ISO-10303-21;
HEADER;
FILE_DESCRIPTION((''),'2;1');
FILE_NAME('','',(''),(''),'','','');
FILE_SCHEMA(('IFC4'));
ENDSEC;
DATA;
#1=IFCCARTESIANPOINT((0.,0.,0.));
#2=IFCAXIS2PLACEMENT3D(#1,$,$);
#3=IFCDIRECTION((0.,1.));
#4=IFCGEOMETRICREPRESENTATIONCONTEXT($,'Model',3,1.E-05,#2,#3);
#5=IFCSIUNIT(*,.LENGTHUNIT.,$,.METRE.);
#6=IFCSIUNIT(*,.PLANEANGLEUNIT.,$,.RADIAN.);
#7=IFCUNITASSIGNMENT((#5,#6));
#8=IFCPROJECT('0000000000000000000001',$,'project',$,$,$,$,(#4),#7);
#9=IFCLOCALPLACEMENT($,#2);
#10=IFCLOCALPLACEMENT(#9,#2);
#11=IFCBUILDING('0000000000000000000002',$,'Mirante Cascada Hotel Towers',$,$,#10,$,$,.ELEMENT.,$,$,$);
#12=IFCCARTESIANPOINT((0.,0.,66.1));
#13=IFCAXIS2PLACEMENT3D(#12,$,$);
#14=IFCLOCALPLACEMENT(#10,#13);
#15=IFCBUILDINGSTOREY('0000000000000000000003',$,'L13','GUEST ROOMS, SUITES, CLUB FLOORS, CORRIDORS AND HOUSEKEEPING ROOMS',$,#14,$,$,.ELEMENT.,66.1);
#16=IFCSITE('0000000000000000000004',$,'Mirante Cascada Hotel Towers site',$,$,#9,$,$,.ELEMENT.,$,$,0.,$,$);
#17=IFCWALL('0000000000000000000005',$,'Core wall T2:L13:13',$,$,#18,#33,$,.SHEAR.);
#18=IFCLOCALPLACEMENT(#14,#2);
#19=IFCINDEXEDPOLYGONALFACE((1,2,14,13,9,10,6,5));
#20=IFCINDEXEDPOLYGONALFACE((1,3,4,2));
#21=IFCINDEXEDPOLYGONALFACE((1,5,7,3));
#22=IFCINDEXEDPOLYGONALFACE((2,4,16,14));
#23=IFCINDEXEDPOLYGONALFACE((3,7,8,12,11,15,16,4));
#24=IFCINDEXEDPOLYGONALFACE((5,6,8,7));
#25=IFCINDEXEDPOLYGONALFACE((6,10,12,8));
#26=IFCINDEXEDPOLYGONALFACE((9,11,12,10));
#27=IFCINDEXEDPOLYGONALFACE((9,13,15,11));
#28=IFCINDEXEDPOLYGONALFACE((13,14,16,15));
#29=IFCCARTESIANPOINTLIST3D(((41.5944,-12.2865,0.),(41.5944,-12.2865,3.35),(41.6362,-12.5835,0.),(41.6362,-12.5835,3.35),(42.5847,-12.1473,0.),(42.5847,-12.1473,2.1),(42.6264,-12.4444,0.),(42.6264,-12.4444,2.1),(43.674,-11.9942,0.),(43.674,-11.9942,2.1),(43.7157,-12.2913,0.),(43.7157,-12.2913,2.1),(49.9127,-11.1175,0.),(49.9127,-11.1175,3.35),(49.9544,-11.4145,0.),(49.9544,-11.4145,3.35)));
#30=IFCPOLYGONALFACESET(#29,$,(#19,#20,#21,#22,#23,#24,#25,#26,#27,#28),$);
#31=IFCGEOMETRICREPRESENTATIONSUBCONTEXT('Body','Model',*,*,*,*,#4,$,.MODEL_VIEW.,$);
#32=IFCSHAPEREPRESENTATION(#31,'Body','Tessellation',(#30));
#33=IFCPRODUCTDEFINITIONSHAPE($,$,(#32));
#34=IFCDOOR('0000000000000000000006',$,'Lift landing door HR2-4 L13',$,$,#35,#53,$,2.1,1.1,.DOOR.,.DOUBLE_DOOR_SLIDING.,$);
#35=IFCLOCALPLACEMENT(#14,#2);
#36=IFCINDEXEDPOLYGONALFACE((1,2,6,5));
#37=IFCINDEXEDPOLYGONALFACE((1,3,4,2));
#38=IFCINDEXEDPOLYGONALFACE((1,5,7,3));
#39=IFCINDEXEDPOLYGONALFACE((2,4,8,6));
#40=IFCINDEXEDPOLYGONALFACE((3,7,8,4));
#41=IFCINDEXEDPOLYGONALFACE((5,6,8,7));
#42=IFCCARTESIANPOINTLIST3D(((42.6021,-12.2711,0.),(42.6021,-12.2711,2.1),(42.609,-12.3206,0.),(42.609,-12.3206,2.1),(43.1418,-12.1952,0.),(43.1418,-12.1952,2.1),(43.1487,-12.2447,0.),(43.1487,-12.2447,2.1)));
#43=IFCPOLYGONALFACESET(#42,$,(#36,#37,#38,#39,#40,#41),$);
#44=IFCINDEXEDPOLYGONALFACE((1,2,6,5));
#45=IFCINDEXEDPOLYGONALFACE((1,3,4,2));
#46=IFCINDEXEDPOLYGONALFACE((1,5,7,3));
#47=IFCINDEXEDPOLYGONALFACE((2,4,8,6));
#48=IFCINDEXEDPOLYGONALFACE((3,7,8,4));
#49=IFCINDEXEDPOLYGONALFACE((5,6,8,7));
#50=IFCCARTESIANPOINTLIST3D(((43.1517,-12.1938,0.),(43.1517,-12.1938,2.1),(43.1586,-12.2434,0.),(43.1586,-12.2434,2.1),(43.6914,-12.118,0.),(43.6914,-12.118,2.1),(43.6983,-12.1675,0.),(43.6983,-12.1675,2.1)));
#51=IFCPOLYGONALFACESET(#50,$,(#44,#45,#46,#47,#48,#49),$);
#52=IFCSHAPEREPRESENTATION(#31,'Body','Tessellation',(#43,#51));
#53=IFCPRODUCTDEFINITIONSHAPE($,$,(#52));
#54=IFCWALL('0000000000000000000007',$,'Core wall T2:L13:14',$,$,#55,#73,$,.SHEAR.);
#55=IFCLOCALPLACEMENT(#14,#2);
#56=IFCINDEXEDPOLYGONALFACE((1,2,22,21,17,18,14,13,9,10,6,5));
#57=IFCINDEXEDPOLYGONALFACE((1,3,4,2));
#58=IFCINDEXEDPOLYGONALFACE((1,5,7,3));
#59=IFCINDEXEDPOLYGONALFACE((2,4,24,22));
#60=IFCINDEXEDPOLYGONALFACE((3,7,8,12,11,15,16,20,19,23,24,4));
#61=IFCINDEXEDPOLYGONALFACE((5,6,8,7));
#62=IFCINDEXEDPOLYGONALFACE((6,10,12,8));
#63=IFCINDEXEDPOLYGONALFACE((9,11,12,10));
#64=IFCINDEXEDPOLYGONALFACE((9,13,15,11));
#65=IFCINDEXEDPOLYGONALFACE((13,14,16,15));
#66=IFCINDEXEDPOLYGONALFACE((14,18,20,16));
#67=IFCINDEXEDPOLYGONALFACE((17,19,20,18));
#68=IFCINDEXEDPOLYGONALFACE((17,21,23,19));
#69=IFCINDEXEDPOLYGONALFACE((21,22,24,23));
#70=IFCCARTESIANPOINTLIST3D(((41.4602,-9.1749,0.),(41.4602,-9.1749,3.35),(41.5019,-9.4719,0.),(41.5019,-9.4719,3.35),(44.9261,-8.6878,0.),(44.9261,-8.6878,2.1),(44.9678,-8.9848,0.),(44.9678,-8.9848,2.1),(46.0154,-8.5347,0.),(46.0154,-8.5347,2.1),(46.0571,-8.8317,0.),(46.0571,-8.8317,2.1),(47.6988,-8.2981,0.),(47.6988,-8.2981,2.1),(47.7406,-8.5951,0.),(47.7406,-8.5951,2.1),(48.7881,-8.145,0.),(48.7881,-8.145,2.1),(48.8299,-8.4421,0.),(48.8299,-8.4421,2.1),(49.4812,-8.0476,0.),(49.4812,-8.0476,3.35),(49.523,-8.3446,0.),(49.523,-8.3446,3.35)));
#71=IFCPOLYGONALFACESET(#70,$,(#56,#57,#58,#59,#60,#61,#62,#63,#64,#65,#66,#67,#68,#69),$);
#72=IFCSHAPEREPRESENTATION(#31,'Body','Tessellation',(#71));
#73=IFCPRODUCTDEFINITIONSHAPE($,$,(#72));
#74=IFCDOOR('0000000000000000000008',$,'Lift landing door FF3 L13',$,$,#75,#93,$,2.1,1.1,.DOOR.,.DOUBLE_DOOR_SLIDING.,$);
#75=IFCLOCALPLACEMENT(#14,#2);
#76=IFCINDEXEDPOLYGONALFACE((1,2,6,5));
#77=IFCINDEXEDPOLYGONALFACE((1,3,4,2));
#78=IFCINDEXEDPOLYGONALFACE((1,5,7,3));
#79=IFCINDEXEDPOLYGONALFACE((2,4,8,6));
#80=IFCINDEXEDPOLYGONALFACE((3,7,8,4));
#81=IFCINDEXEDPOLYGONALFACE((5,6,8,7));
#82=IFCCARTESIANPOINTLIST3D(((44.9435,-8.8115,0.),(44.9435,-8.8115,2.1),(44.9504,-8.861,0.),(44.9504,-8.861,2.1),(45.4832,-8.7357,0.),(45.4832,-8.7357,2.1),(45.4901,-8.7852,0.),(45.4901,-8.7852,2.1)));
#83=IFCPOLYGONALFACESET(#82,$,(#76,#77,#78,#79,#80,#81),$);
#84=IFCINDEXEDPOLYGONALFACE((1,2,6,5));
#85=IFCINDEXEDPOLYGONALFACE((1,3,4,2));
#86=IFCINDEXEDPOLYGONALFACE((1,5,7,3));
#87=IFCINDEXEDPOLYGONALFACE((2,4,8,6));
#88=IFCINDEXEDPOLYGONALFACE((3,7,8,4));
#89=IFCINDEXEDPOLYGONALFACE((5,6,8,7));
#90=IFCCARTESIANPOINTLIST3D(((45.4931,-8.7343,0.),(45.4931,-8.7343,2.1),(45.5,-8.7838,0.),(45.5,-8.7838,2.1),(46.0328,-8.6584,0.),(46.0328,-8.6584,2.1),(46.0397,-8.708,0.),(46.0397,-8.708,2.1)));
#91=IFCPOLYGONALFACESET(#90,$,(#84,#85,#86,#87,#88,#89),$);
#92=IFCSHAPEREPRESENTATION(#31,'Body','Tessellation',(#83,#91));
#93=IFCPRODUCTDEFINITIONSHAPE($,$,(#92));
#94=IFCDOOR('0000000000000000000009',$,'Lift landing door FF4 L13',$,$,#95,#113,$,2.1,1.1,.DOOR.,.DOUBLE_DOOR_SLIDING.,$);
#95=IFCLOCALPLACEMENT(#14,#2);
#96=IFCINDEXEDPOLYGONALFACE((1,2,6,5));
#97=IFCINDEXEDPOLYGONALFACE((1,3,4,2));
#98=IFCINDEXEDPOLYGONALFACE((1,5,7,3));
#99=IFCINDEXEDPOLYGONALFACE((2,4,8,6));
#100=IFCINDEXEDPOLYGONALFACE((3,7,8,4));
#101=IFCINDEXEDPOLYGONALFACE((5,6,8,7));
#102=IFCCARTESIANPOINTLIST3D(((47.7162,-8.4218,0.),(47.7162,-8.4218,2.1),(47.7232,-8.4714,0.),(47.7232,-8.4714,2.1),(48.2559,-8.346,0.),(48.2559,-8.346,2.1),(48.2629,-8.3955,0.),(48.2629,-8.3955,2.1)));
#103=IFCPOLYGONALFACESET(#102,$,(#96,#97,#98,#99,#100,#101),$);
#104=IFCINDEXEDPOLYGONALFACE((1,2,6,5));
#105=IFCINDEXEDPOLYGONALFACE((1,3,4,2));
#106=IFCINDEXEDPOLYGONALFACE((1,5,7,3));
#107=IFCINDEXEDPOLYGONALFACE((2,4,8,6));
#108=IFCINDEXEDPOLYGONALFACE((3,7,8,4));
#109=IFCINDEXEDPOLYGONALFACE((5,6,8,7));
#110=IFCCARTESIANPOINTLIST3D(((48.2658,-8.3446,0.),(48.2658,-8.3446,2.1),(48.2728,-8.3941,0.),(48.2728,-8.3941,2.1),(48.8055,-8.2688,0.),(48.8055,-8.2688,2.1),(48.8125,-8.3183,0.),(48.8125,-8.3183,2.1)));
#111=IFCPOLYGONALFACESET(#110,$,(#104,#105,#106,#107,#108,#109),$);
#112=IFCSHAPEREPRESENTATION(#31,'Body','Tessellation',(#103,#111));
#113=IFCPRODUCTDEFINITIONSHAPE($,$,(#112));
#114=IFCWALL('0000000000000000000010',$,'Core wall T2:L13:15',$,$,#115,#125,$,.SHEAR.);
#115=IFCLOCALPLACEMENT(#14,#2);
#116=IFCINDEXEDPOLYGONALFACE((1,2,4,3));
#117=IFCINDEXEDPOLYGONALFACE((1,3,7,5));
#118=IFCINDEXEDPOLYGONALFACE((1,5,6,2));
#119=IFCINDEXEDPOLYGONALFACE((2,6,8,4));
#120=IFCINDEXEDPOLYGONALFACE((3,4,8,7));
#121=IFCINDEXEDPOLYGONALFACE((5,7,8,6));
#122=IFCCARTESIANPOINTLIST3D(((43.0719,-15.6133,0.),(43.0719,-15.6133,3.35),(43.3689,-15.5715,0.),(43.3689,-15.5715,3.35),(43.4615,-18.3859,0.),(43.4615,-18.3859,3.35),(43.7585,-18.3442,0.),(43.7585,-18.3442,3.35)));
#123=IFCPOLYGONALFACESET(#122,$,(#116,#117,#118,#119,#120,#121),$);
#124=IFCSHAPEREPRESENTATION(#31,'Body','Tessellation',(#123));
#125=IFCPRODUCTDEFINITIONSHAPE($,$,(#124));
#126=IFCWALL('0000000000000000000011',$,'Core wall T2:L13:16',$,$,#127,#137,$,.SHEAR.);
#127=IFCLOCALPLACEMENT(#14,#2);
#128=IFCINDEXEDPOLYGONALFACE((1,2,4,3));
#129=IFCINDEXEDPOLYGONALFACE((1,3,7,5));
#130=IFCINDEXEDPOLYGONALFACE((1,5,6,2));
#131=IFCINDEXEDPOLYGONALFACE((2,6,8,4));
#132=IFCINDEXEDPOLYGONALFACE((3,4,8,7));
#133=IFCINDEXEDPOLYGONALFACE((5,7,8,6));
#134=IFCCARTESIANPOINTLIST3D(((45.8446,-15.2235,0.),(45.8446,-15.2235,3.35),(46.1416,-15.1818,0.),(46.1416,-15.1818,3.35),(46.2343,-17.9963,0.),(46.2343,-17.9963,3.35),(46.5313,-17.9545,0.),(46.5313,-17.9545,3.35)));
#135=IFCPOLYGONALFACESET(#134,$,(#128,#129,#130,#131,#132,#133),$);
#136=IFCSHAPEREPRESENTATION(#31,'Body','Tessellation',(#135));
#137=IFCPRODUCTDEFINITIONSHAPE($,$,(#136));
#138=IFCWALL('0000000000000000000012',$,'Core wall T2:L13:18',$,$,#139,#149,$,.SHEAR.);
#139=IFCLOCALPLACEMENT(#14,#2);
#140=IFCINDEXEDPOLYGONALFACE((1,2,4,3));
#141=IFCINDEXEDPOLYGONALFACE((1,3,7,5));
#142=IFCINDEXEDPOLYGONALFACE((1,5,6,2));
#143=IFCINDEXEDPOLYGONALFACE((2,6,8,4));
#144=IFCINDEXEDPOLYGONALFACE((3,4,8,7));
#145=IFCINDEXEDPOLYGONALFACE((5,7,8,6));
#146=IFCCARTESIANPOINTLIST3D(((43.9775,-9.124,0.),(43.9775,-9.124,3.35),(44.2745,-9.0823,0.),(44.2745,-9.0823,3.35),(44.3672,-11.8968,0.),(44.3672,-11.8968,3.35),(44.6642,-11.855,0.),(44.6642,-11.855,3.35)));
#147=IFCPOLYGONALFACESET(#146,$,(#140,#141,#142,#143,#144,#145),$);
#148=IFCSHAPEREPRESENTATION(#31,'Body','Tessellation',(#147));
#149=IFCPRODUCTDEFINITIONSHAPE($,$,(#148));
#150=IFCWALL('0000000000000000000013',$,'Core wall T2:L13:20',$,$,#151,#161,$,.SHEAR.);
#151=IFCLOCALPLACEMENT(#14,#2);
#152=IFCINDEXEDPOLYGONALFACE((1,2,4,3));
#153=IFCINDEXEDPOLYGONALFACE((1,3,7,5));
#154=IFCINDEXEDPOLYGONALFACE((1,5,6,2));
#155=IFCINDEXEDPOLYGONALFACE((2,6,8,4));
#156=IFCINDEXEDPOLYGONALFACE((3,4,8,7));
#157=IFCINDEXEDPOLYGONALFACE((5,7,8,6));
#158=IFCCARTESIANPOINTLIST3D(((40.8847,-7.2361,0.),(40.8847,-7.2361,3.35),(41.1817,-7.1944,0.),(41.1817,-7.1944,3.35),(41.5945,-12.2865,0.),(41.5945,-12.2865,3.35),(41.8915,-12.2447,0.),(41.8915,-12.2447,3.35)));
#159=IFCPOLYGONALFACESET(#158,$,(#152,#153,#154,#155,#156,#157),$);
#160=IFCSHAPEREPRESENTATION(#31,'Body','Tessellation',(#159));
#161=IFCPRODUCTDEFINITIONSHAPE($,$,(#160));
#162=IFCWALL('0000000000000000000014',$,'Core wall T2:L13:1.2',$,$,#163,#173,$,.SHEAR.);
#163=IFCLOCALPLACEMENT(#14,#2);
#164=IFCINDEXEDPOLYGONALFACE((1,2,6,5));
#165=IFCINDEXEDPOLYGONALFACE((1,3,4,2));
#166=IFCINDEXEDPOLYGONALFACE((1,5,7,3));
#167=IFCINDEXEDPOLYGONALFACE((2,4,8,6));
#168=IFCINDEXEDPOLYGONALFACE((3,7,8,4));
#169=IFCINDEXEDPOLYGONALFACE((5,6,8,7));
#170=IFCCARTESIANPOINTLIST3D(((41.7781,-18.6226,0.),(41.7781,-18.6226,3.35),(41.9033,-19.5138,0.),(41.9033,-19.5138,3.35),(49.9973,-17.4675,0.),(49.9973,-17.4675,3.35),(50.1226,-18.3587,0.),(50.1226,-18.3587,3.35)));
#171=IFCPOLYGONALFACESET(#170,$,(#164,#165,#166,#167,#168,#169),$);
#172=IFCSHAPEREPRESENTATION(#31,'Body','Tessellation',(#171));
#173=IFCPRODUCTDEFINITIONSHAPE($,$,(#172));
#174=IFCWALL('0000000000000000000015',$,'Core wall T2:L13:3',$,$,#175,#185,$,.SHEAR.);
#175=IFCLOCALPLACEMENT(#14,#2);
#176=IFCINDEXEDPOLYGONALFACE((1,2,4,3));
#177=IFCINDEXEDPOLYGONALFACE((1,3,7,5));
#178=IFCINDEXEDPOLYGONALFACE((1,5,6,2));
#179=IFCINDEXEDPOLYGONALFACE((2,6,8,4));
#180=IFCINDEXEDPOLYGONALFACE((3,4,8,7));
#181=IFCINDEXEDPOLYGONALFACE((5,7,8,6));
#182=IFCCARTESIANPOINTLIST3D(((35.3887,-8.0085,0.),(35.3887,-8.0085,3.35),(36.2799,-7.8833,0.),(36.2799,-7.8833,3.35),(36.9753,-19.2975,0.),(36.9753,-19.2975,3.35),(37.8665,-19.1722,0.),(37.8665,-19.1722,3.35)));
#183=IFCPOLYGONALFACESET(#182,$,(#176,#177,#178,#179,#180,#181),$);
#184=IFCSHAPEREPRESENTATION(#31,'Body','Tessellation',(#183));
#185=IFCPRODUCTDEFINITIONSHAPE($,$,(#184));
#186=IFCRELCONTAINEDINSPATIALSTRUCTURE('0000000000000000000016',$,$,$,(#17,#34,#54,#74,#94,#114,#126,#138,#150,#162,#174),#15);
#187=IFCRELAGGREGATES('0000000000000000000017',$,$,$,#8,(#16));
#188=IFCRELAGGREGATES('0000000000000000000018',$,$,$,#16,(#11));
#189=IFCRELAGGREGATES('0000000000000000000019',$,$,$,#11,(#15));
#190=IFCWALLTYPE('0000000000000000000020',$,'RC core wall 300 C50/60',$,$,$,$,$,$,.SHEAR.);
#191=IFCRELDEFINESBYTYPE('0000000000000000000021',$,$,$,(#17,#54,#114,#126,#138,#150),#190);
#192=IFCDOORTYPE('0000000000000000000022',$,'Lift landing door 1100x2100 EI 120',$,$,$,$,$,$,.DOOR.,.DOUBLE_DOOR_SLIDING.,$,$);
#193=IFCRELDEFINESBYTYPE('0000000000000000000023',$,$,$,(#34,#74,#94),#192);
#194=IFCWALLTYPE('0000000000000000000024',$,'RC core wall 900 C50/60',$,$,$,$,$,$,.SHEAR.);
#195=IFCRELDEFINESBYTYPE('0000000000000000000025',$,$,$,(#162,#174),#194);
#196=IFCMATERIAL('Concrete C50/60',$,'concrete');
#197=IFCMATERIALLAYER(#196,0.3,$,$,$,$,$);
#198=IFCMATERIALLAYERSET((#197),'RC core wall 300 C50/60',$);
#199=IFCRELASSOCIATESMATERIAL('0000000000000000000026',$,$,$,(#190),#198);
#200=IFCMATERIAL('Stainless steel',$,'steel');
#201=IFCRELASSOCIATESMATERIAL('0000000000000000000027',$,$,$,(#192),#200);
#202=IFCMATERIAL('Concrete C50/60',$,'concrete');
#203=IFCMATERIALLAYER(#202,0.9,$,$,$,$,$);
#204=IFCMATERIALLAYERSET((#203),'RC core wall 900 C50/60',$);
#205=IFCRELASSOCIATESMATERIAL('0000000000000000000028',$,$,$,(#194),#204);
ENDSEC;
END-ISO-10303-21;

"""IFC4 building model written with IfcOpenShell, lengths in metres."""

from ifc_helpers import new_model, si_unit, direction, frame, frame_2d, origin, place, context, subcontext, project, spatial, rectangle, extrude, material, layer, layer_set, type_object, element, fill, save


model = new_model("IFC4")

# Units and contexts
model_context = context("Model", 3, precision=1e-05, world=origin(), true_north=direction((0.0, 1.0)))
body_context = subcontext(model_context, "Body", "Model", "MODEL_VIEW")
ifc_project = project(units=[si_unit("LENGTHUNIT", "METRE"), si_unit("PLANEANGLEUNIT", "RADIAN")], contexts=[model_context])

# Site, building, storey
site_placement = place(None, origin())
site = spatial("IfcSite", under=ifc_project, at=site_placement, Name="Mirante Cascada Hotel Towers site", CompositionType="ELEMENT", RefElevation=0.0)
building_placement = place(site_placement, origin())
building = spatial("IfcBuilding", under=site, at=building_placement, Name="Mirante Cascada Hotel Towers", CompositionType="ELEMENT")
storey_placement = place(building_placement, frame((0.0, 0.0, 66.1)))
storey = spatial("IfcBuildingStorey", under=building, at=storey_placement, Name="L13", Description="GUEST ROOMS, SUITES, CLUB FLOORS, CORRIDORS AND HOUSEKEEPING ROOMS", CompositionType="ELEMENT", Elevation=66.1)

# Shared definitions
ifc_material_1 = material(Name="Concrete C50/60", Category="concrete")
ifc_layer_1 = layer(ifc_material_1, 0.3)
ifc_layer_set_1 = layer_set([ifc_layer_1], Name="RC core wall 300 C50/60")
wall_type_1 = type_object("IfcWallType", Name="RC core wall 300 C50/60", PredefinedType="SHEAR", material=ifc_layer_set_1)

# Shared definitions
ifc_material_2 = material(Name="Stainless steel", Category="steel")
door_type_1 = type_object("IfcDoorType", Name="Lift landing door 1100x2100 EI 120", OperationType="DOUBLE_DOOR_SLIDING", PredefinedType="DOOR", material=ifc_material_2)

# Wall, opening, door
wall_1_placement = place(storey_placement, frame((41.6153, -12.435, 0.0), z_axis=(0.0, 0.0, 1.0), x_axis=(0.990269, 0.139166, 0.0)))
wall_1 = element("IfcWall", 1, at=wall_1_placement, inside=storey, type_object=wall_type_1, Name="Core wall T2:L13:13", PredefinedType="SHEAR", context=body_context, shape_type="SweptSolid", body=[
    extrude(rectangle(XDim=8.4, YDim=0.3, at=frame_2d((4.2, 0.0))), origin(), (0.0, 0.0, 1.0), 3.35),
])
opening_1_placement = place(wall_1_placement, frame((1.0, 0.0, 0.0)))
opening_1 = element("IfcOpeningElement", 2, at=opening_1_placement, cuts=wall_1, PredefinedType="OPENING", context=body_context, shape_type="SweptSolid", body=[
    extrude(rectangle(XDim=1.1, YDim=2.1, at=frame_2d((0.55, 1.05))), frame((0.0, 0.15, 0.0), z_axis=(0.0, -1.0, 0.0), x_axis=(1.0, 0.0, 0.0)), (0.0, 0.0, 1.0), 0.3),
])
door_1_placement = place(opening_1_placement, origin())
door_1 = element("IfcDoor", 3, at=door_1_placement, inside=storey, type_object=door_type_1, Name="Lift landing door HR2-4 L13", OperationType="DOUBLE_DOOR_SLIDING", OverallHeight=2.1, OverallWidth=1.1, PredefinedType="DOOR", context=body_context, shape_type="SweptSolid", body=[
    extrude(rectangle(XDim=0.545, YDim=2.1, at=frame_2d((0.2725, 1.05))), frame((0.0, 0.025, 0.0), z_axis=(0.0, -1.0, 0.0), x_axis=(1.0, 0.0, 0.0)), (0.0, 0.0, 1.0), 0.05),
    extrude(rectangle(XDim=0.545, YDim=2.1, at=frame_2d((0.8275, 1.05))), frame((0.0, 0.025, 0.0), z_axis=(0.0, -1.0, 0.0), x_axis=(1.0, 0.0, 0.0)), (0.0, 0.0, 1.0), 0.05),
])
fill(opening_1, door_1)

# Wall, openings, doors
wall_2_placement = place(storey_placement, frame((41.481, -9.3234, 0.0), z_axis=(0.0, 0.0, 1.0), x_axis=(0.990268, 0.139174, 0.0)))
wall_2 = element("IfcWall", 4, at=wall_2_placement, inside=storey, type_object=wall_type_1, Name="Core wall T2:L13:14", PredefinedType="SHEAR", context=body_context, shape_type="SweptSolid", body=[
    extrude(rectangle(XDim=8.0999, YDim=0.3, at=frame_2d((4.05, 0.0))), origin(), (0.0, 0.0, 1.0), 3.35),
])
opening_2_placement = place(wall_2_placement, frame((3.5, 0.0, 0.0)))
opening_2 = element("IfcOpeningElement", 5, at=opening_2_placement, cuts=wall_2, PredefinedType="OPENING", context=body_context, shape_type="SweptSolid", body=[
    extrude(rectangle(XDim=1.1, YDim=2.1, at=frame_2d((0.55, 1.05))), frame((0.0, 0.15, 0.0), z_axis=(0.0, -1.0, 0.0), x_axis=(1.0, 0.0, 0.0)), (0.0, 0.0, 1.0), 0.3),
])
opening_3_placement = place(wall_2_placement, frame((6.3, 0.0, 0.0)))
opening_3 = element("IfcOpeningElement", 6, at=opening_3_placement, cuts=wall_2, PredefinedType="OPENING", context=body_context, shape_type="SweptSolid", body=[
    extrude(rectangle(XDim=1.1, YDim=2.1, at=frame_2d((0.55, 1.05))), frame((0.0, 0.15, 0.0), z_axis=(0.0, -1.0, 0.0), x_axis=(1.0, 0.0, 0.0)), (0.0, 0.0, 1.0), 0.3),
])
door_2_placement = place(opening_2_placement, origin())
door_2 = element("IfcDoor", 7, at=door_2_placement, inside=storey, type_object=door_type_1, Name="Lift landing door FF3 L13", OperationType="DOUBLE_DOOR_SLIDING", OverallHeight=2.1, OverallWidth=1.1, PredefinedType="DOOR", context=body_context, shape_type="SweptSolid", body=[
    extrude(rectangle(XDim=0.545, YDim=2.1, at=frame_2d((0.2725, 1.05))), frame((0.0, 0.025, 0.0), z_axis=(0.0, -1.0, 0.0), x_axis=(1.0, 0.0, 0.0)), (0.0, 0.0, 1.0), 0.05),
    extrude(rectangle(XDim=0.545, YDim=2.1, at=frame_2d((0.8275, 1.05))), frame((0.0, 0.025, 0.0), z_axis=(0.0, -1.0, 0.0), x_axis=(1.0, 0.0, 0.0)), (0.0, 0.0, 1.0), 0.05),
])
fill(opening_2, door_2)
door_3_placement = place(opening_3_placement, origin())
door_3 = element("IfcDoor", 8, at=door_3_placement, inside=storey, type_object=door_type_1, Name="Lift landing door FF4 L13", OperationType="DOUBLE_DOOR_SLIDING", OverallHeight=2.1, OverallWidth=1.1, PredefinedType="DOOR", context=body_context, shape_type="SweptSolid", body=[
    extrude(rectangle(XDim=0.545, YDim=2.1, at=frame_2d((0.2725, 1.05))), frame((0.0, 0.025, 0.0), z_axis=(0.0, -1.0, 0.0), x_axis=(1.0, 0.0, 0.0)), (0.0, 0.0, 1.0), 0.05),
    extrude(rectangle(XDim=0.545, YDim=2.1, at=frame_2d((0.8275, 1.05))), frame((0.0, 0.025, 0.0), z_axis=(0.0, -1.0, 0.0), x_axis=(1.0, 0.0, 0.0)), (0.0, 0.0, 1.0), 0.05),
])
fill(opening_3, door_3)

# Walls
wall_3_placement = place(storey_placement, frame((43.61, -18.3651, 0.0), z_axis=(0.0, 0.0, 1.0), x_axis=(-0.139146, 0.990272, 0.0)))
element("IfcWall", 9, at=wall_3_placement, inside=storey, type_object=wall_type_1, Name="Core wall T2:L13:15", PredefinedType="SHEAR", context=body_context, shape_type="SweptSolid", body=[
    extrude(rectangle(XDim=2.7999, YDim=0.3, at=frame_2d((1.4, 0.0))), origin(), (0.0, 0.0, 1.0), 3.35),
])
for number, where, z_axis, x_axis, name in (
    (10, (46.3828, -17.9754, 0.0), (0.0, 0.0, 1.0), (-0.139181, 0.990267, 0.0), "Core wall T2:L13:16"),
    (11, (44.5157, -11.8759, 0.0), (0.0, 0.0, 1.0), (-0.139181, 0.990267, 0.0), "Core wall T2:L13:18"),
):
    element("IfcWall", number, at=place(storey_placement, frame(where, z_axis=z_axis, x_axis=x_axis)), inside=storey, type_object=wall_type_1, Name=name, PredefinedType="SHEAR", context=body_context, shape_type="SweptSolid", body=[
        extrude(rectangle(XDim=2.8, YDim=0.3, at=frame_2d((1.4, 0.0))), origin(), (0.0, 0.0, 1.0), 3.35),
    ])
wall_4_placement = place(storey_placement, frame((41.743, -12.2656, 0.0), z_axis=(0.0, 0.0, 1.0), x_axis=(-0.139176, 0.990268, 0.0)))
element("IfcWall", 12, at=wall_4_placement, inside=storey, type_object=wall_type_1, Name="Core wall T2:L13:20", PredefinedType="SHEAR", context=body_context, shape_type="SweptSolid", body=[
    extrude(rectangle(XDim=5.1, YDim=0.3, at=frame_2d((2.55, 0.0))), origin(), (0.0, 0.0, 1.0), 3.35),
])
ifc_material_3 = material(Name="Concrete C50/60", Category="concrete")
ifc_layer_2 = layer(ifc_material_3, 0.9)
ifc_layer_set_2 = layer_set([ifc_layer_2], Name="RC core wall 900 C50/60")
wall_type_2 = type_object("IfcWallType", Name="RC core wall 900 C50/60", PredefinedType="SHEAR", material=ifc_layer_set_2)
wall_5_placement = place(storey_placement, frame((41.8407, -19.0682, 0.0), z_axis=(0.0, 0.0, 1.0), x_axis=(0.990269, 0.139169, 0.0)))
element("IfcWall", 13, at=wall_5_placement, inside=storey, type_object=wall_type_2, Name="Core wall T2:L13:1.2", PredefinedType="SHEAR", context=body_context, shape_type="SweptSolid", body=[
    extrude(rectangle(XDim=8.3, YDim=0.9, at=frame_2d((4.15, 0.0))), origin(), (0.0, 0.0, 1.0), 3.35),
])
wall_6_placement = place(storey_placement, frame((37.4209, -19.2349, 0.0), z_axis=(0.0, 0.0, 1.0), x_axis=(-0.139176, 0.990268, 0.0)))
element("IfcWall", 14, at=wall_6_placement, inside=storey, type_object=wall_type_2, Name="Core wall T2:L13:3", PredefinedType="SHEAR", context=body_context, shape_type="SweptSolid", body=[
    extrude(rectangle(XDim=11.3999, YDim=0.9, at=frame_2d((5.7, 0.0))), origin(), (0.0, 0.0, 1.0), 3.35),
])

save(model, "model.ifc")
